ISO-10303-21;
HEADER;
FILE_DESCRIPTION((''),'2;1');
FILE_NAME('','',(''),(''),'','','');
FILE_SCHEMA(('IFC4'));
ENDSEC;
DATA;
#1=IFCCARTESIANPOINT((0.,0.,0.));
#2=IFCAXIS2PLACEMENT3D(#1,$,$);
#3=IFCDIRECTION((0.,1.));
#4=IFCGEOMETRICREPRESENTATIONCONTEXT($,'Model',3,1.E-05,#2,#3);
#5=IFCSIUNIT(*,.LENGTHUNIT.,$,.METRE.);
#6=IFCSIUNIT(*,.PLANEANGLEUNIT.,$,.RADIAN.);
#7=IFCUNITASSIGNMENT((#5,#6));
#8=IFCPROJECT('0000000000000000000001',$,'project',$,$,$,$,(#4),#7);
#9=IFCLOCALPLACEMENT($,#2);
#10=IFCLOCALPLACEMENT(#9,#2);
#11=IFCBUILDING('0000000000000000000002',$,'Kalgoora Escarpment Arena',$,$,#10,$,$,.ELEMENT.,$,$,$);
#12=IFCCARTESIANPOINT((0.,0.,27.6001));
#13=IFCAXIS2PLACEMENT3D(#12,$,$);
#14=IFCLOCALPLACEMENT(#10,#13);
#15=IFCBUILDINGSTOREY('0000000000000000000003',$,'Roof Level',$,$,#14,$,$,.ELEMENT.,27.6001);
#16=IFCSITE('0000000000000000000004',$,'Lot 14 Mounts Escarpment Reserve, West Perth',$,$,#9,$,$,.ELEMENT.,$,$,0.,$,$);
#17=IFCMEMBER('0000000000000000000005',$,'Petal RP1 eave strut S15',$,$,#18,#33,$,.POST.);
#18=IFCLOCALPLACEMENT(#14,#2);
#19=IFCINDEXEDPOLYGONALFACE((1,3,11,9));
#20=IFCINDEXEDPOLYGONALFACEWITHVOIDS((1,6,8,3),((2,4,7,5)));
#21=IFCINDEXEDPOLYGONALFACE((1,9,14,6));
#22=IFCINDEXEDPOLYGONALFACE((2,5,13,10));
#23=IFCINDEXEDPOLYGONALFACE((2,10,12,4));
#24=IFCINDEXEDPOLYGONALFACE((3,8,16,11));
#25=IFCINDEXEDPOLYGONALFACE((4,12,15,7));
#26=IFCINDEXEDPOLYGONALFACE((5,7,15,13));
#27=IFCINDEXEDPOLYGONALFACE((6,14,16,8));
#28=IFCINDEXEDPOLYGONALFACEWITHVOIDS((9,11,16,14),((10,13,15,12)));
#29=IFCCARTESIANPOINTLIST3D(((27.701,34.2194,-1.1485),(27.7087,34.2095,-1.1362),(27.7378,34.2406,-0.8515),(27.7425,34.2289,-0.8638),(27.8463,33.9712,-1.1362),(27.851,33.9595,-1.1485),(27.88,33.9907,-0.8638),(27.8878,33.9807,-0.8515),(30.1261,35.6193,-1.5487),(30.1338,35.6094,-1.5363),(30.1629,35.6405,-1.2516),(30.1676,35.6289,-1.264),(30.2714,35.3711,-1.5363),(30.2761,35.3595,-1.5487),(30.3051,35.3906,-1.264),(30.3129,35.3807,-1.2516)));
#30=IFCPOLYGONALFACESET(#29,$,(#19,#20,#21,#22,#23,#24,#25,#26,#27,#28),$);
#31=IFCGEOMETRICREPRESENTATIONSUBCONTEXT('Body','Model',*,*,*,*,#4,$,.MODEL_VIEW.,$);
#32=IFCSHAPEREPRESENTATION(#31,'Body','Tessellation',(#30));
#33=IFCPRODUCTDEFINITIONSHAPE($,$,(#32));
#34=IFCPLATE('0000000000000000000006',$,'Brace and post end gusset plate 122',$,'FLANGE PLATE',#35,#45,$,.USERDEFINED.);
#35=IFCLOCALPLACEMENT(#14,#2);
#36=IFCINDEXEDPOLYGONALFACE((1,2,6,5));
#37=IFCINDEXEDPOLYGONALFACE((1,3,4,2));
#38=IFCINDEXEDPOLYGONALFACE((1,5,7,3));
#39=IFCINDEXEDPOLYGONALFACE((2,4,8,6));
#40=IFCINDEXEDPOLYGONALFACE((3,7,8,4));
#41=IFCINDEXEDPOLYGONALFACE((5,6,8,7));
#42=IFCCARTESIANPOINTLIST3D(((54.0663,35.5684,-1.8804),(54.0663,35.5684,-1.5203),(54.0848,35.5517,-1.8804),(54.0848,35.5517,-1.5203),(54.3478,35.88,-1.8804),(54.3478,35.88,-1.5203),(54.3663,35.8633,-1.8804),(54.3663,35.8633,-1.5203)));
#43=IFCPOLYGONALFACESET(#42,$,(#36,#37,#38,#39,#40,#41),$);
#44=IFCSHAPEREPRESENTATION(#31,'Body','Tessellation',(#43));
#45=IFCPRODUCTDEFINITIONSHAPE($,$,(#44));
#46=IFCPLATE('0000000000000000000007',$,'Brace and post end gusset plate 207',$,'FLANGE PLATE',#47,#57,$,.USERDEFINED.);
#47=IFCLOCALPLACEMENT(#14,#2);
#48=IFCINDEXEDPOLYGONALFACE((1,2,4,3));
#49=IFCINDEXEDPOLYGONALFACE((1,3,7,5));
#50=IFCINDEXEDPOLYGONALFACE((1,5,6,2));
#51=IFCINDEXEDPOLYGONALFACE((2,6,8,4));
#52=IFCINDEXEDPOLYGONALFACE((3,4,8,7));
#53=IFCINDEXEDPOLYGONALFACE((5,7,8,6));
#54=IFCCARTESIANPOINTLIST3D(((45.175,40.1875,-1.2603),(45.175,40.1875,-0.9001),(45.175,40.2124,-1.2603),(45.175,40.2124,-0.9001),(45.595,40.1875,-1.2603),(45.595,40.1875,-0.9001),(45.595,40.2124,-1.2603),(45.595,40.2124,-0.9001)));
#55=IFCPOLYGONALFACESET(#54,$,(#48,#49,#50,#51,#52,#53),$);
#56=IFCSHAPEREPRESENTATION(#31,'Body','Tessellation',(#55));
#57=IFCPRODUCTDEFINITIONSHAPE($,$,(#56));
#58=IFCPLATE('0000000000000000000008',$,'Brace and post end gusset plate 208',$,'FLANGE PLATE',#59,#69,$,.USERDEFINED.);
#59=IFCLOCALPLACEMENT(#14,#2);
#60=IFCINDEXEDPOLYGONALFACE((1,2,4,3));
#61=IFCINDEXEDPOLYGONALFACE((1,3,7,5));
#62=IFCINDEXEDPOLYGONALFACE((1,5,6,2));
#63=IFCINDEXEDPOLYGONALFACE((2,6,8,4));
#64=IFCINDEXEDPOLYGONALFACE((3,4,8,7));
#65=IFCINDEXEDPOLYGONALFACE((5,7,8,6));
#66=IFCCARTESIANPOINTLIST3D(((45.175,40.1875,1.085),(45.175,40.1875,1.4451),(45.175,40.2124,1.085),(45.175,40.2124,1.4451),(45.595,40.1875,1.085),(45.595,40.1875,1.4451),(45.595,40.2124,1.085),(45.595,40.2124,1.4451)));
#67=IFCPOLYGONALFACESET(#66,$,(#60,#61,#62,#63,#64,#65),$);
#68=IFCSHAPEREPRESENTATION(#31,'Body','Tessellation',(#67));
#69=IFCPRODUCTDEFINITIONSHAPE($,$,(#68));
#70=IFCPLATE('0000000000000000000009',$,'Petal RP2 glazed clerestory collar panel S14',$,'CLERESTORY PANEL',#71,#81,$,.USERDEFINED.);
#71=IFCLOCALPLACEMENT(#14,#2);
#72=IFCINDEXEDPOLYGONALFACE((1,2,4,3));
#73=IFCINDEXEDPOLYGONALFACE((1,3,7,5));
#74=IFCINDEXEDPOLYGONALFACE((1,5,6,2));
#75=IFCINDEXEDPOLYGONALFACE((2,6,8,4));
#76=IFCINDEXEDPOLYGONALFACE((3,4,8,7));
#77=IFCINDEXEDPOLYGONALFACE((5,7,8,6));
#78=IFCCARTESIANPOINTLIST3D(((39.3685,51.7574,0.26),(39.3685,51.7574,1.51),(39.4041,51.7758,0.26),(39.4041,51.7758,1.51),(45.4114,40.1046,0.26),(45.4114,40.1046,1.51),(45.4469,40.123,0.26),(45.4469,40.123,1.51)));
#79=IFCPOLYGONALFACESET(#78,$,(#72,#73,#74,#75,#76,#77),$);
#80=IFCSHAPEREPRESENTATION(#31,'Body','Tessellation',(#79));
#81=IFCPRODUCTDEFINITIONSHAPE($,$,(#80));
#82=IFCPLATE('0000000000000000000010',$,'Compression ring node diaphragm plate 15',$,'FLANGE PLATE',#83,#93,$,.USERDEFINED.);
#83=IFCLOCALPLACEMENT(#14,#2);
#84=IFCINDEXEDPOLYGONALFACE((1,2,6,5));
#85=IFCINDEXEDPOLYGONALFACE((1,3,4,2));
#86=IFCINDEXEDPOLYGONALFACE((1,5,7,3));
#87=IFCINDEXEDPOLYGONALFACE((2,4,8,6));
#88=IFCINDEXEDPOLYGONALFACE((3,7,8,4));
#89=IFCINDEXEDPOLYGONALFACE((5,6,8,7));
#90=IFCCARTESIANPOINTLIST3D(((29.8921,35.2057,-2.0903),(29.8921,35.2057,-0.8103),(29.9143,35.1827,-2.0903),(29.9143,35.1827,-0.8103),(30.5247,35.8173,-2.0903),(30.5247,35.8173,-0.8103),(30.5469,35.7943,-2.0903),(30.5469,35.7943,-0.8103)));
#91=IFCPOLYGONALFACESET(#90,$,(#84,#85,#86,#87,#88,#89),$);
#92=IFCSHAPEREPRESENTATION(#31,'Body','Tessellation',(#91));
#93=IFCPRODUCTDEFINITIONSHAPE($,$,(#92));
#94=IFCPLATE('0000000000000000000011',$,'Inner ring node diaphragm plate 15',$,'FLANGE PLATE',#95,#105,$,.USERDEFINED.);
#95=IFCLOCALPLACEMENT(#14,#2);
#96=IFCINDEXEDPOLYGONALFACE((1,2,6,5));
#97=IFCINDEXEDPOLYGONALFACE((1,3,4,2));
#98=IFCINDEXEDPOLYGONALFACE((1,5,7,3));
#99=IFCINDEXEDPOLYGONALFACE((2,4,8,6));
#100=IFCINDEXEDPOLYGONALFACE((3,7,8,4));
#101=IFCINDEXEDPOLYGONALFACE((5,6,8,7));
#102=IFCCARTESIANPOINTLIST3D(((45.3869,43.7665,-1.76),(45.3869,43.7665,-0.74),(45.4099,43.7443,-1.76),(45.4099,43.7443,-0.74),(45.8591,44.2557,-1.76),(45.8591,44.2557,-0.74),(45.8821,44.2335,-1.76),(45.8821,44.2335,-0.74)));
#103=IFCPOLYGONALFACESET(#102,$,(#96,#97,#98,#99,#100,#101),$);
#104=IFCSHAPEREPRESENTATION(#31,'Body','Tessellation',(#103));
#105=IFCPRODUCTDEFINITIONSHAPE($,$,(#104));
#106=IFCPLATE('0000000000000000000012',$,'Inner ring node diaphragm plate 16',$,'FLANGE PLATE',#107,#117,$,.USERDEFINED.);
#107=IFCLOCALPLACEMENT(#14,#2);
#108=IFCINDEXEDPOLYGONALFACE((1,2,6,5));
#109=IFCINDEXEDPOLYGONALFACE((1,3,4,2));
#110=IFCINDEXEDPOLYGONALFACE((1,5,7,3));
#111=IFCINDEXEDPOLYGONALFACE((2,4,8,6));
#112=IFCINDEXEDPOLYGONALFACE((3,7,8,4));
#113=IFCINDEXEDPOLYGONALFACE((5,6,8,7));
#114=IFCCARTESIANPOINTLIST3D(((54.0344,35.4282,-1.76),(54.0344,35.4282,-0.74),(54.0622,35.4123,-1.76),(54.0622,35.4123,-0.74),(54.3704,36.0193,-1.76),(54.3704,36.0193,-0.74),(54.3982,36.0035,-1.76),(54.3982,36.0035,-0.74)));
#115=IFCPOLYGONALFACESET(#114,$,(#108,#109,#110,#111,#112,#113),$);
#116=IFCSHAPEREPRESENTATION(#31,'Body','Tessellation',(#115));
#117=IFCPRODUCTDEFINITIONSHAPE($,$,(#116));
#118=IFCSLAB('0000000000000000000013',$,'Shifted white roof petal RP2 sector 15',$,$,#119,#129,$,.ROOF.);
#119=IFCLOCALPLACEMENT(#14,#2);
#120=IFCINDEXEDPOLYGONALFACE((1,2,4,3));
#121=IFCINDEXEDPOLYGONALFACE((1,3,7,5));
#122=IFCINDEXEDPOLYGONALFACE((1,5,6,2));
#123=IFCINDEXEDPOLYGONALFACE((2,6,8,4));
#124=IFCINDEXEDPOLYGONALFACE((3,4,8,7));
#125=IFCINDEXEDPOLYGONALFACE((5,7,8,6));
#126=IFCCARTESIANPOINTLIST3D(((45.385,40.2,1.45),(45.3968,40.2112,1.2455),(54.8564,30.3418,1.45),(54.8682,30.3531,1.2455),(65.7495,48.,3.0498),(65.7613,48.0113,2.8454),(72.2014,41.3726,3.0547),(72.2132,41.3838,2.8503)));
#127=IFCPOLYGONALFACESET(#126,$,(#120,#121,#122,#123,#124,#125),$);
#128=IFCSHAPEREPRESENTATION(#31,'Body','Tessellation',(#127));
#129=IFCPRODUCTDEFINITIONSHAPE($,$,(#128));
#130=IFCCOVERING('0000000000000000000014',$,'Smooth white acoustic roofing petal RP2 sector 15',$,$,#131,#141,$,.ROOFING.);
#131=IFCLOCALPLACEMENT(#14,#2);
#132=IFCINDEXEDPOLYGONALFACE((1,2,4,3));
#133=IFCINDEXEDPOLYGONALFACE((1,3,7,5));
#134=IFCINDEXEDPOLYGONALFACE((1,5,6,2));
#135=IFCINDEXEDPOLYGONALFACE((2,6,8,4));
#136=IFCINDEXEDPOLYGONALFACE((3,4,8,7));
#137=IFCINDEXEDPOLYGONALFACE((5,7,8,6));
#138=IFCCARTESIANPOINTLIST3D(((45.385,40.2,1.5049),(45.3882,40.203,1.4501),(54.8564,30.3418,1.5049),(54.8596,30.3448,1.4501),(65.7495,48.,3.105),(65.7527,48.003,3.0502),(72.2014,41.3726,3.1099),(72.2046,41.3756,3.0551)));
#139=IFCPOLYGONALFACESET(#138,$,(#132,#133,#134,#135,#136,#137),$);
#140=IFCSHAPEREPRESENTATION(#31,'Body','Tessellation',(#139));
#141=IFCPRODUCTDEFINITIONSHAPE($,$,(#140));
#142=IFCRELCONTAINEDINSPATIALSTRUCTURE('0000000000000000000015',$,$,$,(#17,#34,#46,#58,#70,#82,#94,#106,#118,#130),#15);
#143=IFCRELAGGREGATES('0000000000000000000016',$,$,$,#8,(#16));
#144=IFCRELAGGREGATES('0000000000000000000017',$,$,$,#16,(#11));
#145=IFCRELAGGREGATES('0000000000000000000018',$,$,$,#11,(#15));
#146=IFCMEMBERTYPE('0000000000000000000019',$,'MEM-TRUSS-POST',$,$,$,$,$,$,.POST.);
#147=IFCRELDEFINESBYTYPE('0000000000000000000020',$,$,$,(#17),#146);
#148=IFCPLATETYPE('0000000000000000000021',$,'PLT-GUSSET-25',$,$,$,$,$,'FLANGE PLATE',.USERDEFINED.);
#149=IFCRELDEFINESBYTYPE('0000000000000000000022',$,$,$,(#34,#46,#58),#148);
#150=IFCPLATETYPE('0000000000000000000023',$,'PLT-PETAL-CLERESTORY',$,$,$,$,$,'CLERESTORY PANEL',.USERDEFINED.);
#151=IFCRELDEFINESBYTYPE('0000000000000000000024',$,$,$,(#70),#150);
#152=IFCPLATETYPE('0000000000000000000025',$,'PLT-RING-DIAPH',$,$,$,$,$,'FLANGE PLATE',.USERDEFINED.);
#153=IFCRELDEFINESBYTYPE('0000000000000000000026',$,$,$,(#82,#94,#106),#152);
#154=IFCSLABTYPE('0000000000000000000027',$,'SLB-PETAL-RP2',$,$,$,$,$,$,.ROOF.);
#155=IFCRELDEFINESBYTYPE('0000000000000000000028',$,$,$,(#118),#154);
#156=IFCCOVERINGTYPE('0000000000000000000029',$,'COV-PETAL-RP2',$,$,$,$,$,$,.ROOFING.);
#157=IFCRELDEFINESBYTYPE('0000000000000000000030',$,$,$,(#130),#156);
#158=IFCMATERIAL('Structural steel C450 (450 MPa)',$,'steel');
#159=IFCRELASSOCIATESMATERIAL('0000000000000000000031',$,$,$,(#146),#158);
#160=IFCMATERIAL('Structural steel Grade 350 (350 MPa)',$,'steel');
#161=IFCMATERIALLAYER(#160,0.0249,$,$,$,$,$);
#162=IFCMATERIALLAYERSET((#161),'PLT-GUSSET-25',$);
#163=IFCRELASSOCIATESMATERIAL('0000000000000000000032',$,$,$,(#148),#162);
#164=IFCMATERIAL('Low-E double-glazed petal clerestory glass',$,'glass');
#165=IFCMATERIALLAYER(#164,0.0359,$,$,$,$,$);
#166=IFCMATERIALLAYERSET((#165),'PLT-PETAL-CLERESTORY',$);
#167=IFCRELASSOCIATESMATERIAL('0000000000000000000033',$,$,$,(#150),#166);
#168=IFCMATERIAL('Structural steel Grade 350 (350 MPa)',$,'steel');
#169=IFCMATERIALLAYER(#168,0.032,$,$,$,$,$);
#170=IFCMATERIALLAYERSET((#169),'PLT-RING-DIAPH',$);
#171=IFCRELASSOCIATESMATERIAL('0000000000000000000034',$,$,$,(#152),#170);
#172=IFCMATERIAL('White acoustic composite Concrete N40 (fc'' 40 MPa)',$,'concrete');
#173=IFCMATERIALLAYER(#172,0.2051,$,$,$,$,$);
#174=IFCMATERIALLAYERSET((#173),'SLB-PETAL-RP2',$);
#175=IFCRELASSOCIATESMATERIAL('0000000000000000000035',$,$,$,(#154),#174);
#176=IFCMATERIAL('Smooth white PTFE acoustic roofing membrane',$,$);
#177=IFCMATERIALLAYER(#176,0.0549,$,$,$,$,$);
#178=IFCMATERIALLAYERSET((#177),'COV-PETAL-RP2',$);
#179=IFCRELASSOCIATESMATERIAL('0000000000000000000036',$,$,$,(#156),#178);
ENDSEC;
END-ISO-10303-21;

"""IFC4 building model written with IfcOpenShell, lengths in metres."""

from ifc_helpers import new_model, si_unit, direction, frame, origin, origin_2d, place, context, subcontext, project, spatial, polyline, rectangle, hollow_rectangle, outline, extrude, material, layer, layer_set, material_profile, profile_set, type_object, element, save


model = new_model("IFC4")

# Units and contexts
model_context = context("Model", 3, precision=1e-05, world=origin(), true_north=direction((0.0, 1.0)))
body_context = subcontext(model_context, "Body", "Model", "MODEL_VIEW")
ifc_project = project(units=[si_unit("LENGTHUNIT", "METRE"), si_unit("PLANEANGLEUNIT", "RADIAN")], contexts=[model_context])

# Site, building, storey
site_placement = place(None, origin())
site = spatial("IfcSite", under=ifc_project, at=site_placement, Name="Lot 14 Mounts Escarpment Reserve, West Perth", CompositionType="ELEMENT", RefElevation=0.0)
building_placement = place(site_placement, origin())
building = spatial("IfcBuilding", under=site, at=building_placement, Name="Kalgoora Escarpment Arena", CompositionType="ELEMENT")
storey_placement = place(building_placement, frame((0.0, 0.0, 27.6001)))
storey = spatial("IfcBuildingStorey", under=building, at=storey_placement, Name="Roof Level", CompositionType="ELEMENT", Elevation=27.6001)

# Member
ifc_material_1 = material(Name="Structural steel C450 (450 MPa)", Category="steel")
ifc_material_profile_1 = material_profile(ifc_material_1, hollow_rectangle(XDim=0.3, YDim=0.3, WallThickness=0.0125, at=origin_2d()))
ifc_profile_set_1 = profile_set([ifc_material_profile_1], Name="Structural steel C450 (450 MPa)")
member_type_1 = type_object("IfcMemberType", Name="MEM-TRUSS-POST", PredefinedType="POST", material=ifc_profile_set_1)
member_1_placement = place(storey_placement, frame((30.2195, 35.5, -1.4001), z_axis=(-0.857346, -0.494918, 0.141467), x_axis=(0.499946, -0.866056, 0.0)))
element("IfcMember", 1, at=member_1_placement, inside=storey, type_object=member_type_1, Name="Petal RP1 eave strut S15", PredefinedType="POST", context=body_context, shape_type="SweptSolid", body=[
    extrude(hollow_rectangle(XDim=0.3, YDim=0.3, WallThickness=0.0125, at=origin_2d()), origin(), (0.0, 0.0, 1.0), 2.8286),
])

# Plates
ifc_material_2 = material(Name="Structural steel Grade 350 (350 MPa)", Category="steel")
ifc_layer_1 = layer(ifc_material_2, 0.0249)
ifc_layer_set_1 = layer_set([ifc_layer_1], Name="PLT-GUSSET-25")
plate_type_1 = type_object("IfcPlateType", Name="PLT-GUSSET-25", ElementType="FLANGE PLATE", PredefinedType="USERDEFINED", material=ifc_layer_set_1)
for number, where, z_axis, x_axis, name in (
    (2, (54.2163, 35.7158, -1.8804), (0.0, 0.0, 1.0), (0.670427, 0.741976, 0.0), "Brace and post end gusset plate 122"),
    (3, (45.385, 40.2, -1.2603), (0.0, 0.0, 1.0), (1.0, 0.0, 0.0), "Brace and post end gusset plate 207"),
    (4, (45.385, 40.2, 1.085), (0.0, 0.0, 1.0), (1.0, 0.0, 0.0), "Brace and post end gusset plate 208"),
):
    element("IfcPlate", number, at=place(storey_placement, frame(where, z_axis=z_axis, x_axis=x_axis)), inside=storey, type_object=plate_type_1, Name=name, ObjectType="FLANGE PLATE", PredefinedType="USERDEFINED", context=body_context, shape_type="SweptSolid", body=[
        extrude(rectangle(XDim=0.4199, YDim=0.0249, at=origin_2d()), origin(), (0.0, 0.0, 1.0), 0.3601),
    ])
ifc_material_3 = material(Name="Low-E double-glazed petal clerestory glass", Category="glass")
ifc_layer_2 = layer(ifc_material_3, 0.0359)
ifc_layer_set_2 = layer_set([ifc_layer_2], Name="PLT-PETAL-CLERESTORY")
plate_type_2 = type_object("IfcPlateType", Name="PLT-PETAL-CLERESTORY", ElementType="CLERESTORY PANEL", PredefinedType="USERDEFINED", material=ifc_layer_set_2)
plate_1_placement = place(storey_placement, frame((42.4077, 45.9402, 0.26), z_axis=(0.0, 0.0, 1.0), x_axis=(0.460355, -0.887735, 0.0)))
element("IfcPlate", 5, at=plate_1_placement, inside=storey, type_object=plate_type_2, Name="Petal RP2 glazed clerestory collar panel S14", ObjectType="CLERESTORY PANEL", PredefinedType="USERDEFINED", context=body_context, shape_type="SweptSolid", body=[
    extrude(rectangle(XDim=13.1265, YDim=0.04, at=origin_2d()), origin(), (0.0, 0.0, 1.0), 1.25),
])
ifc_material_4 = material(Name="Structural steel Grade 350 (350 MPa)", Category="steel")
ifc_layer_3 = layer(ifc_material_4, 0.032)
ifc_layer_set_3 = layer_set([ifc_layer_3], Name="PLT-RING-DIAPH")
plate_type_3 = type_object("IfcPlateType", Name="PLT-RING-DIAPH", ElementType="FLANGE PLATE", PredefinedType="USERDEFINED", material=ifc_layer_set_3)
plate_2_placement = place(storey_placement, frame((30.2195, 35.5, -2.0903), z_axis=(0.0, 0.0, 1.0), x_axis=(0.695035, -0.718976, 0.0)))
element("IfcPlate", 6, at=plate_2_placement, inside=storey, type_object=plate_type_3, Name="Compression ring node diaphragm plate 15", ObjectType="FLANGE PLATE", PredefinedType="USERDEFINED", context=body_context, shape_type="SweptSolid", body=[
    extrude(rectangle(XDim=0.032, YDim=0.8799, at=origin_2d()), origin(), (0.0, 0.0, 1.0), 1.28),
])
for number, where, z_axis, x_axis, name in (
    (7, (45.6345, 44.0, -1.76), (0.0, 0.0, 1.0), (0.719461, -0.694533, 0.0), "Inner ring node diaphragm plate 15"),
    (8, (54.2163, 35.7158, -1.76), (0.0, 0.0, 1.0), (0.869409, -0.494094, 0.0), "Inner ring node diaphragm plate 16"),
):
    element("IfcPlate", number, at=place(storey_placement, frame(where, z_axis=z_axis, x_axis=x_axis)), inside=storey, type_object=plate_type_3, Name=name, ObjectType="FLANGE PLATE", PredefinedType="USERDEFINED", context=body_context, shape_type="SweptSolid", body=[
        extrude(rectangle(XDim=0.032, YDim=0.6799, at=origin_2d()), origin(), (0.0, 0.0, 1.0), 1.02),
    ])

# Slab
ifc_material_5 = material(Name="White acoustic composite Concrete N40 (fc' 40 MPa)", Category="concrete")
ifc_layer_4 = layer(ifc_material_5, 0.2051)
ifc_layer_set_4 = layer_set([ifc_layer_4], Name="SLB-PETAL-RP2")
slab_type = type_object("IfcSlabType", Name="SLB-PETAL-RP2", PredefinedType="ROOF", material=ifc_layer_set_4)
slab_placement = place(storey_placement, frame((45.385, 40.2, 1.45), z_axis=(-0.057248, -0.055, 0.996844), x_axis=(0.692821, -0.721109, 0.000001)))
element("IfcSlab", 9, at=slab_placement, inside=storey, type_object=slab_type, Name="Shifted white roof petal RP2 sector 15", PredefinedType="ROOF", context=body_context, shape_type="SweptSolid", body=[
    extrude(outline(polyline([(0.0, 0.0), (13.6708, 0.0), (17.7334, 20.2138), (8.4843, 20.1527), (0.0, 0.0)])), origin(), (0.0, 0.0, -1.0), 0.2051),
])

# Covering
ifc_material_6 = material(Name="Smooth white PTFE acoustic roofing membrane")
ifc_layer_5 = layer(ifc_material_6, 0.0549)
ifc_layer_set_5 = layer_set([ifc_layer_5], Name="COV-PETAL-RP2")
covering_type = type_object("IfcCoveringType", Name="COV-PETAL-RP2", PredefinedType="ROOFING", material=ifc_layer_set_5)
covering_placement = place(storey_placement, frame((45.385, 40.2, 1.5049), z_axis=(-0.057256, -0.055008, 0.996843), x_axis=(0.692821, -0.721109, 0.000001)))
element("IfcCovering", 10, at=covering_placement, inside=storey, type_object=covering_type, Name="Smooth white acoustic roofing petal RP2 sector 15", PredefinedType="ROOFING", context=body_context, shape_type="SweptSolid", body=[
    extrude(outline(polyline([(0.0, 0.0), (13.6708, 0.0), (17.7334, 20.2138), (8.4843, 20.1527), (0.0, 0.0)])), origin(), (0.0, 0.0, -1.0), 0.0549),
])

save(model, "model.ifc")
